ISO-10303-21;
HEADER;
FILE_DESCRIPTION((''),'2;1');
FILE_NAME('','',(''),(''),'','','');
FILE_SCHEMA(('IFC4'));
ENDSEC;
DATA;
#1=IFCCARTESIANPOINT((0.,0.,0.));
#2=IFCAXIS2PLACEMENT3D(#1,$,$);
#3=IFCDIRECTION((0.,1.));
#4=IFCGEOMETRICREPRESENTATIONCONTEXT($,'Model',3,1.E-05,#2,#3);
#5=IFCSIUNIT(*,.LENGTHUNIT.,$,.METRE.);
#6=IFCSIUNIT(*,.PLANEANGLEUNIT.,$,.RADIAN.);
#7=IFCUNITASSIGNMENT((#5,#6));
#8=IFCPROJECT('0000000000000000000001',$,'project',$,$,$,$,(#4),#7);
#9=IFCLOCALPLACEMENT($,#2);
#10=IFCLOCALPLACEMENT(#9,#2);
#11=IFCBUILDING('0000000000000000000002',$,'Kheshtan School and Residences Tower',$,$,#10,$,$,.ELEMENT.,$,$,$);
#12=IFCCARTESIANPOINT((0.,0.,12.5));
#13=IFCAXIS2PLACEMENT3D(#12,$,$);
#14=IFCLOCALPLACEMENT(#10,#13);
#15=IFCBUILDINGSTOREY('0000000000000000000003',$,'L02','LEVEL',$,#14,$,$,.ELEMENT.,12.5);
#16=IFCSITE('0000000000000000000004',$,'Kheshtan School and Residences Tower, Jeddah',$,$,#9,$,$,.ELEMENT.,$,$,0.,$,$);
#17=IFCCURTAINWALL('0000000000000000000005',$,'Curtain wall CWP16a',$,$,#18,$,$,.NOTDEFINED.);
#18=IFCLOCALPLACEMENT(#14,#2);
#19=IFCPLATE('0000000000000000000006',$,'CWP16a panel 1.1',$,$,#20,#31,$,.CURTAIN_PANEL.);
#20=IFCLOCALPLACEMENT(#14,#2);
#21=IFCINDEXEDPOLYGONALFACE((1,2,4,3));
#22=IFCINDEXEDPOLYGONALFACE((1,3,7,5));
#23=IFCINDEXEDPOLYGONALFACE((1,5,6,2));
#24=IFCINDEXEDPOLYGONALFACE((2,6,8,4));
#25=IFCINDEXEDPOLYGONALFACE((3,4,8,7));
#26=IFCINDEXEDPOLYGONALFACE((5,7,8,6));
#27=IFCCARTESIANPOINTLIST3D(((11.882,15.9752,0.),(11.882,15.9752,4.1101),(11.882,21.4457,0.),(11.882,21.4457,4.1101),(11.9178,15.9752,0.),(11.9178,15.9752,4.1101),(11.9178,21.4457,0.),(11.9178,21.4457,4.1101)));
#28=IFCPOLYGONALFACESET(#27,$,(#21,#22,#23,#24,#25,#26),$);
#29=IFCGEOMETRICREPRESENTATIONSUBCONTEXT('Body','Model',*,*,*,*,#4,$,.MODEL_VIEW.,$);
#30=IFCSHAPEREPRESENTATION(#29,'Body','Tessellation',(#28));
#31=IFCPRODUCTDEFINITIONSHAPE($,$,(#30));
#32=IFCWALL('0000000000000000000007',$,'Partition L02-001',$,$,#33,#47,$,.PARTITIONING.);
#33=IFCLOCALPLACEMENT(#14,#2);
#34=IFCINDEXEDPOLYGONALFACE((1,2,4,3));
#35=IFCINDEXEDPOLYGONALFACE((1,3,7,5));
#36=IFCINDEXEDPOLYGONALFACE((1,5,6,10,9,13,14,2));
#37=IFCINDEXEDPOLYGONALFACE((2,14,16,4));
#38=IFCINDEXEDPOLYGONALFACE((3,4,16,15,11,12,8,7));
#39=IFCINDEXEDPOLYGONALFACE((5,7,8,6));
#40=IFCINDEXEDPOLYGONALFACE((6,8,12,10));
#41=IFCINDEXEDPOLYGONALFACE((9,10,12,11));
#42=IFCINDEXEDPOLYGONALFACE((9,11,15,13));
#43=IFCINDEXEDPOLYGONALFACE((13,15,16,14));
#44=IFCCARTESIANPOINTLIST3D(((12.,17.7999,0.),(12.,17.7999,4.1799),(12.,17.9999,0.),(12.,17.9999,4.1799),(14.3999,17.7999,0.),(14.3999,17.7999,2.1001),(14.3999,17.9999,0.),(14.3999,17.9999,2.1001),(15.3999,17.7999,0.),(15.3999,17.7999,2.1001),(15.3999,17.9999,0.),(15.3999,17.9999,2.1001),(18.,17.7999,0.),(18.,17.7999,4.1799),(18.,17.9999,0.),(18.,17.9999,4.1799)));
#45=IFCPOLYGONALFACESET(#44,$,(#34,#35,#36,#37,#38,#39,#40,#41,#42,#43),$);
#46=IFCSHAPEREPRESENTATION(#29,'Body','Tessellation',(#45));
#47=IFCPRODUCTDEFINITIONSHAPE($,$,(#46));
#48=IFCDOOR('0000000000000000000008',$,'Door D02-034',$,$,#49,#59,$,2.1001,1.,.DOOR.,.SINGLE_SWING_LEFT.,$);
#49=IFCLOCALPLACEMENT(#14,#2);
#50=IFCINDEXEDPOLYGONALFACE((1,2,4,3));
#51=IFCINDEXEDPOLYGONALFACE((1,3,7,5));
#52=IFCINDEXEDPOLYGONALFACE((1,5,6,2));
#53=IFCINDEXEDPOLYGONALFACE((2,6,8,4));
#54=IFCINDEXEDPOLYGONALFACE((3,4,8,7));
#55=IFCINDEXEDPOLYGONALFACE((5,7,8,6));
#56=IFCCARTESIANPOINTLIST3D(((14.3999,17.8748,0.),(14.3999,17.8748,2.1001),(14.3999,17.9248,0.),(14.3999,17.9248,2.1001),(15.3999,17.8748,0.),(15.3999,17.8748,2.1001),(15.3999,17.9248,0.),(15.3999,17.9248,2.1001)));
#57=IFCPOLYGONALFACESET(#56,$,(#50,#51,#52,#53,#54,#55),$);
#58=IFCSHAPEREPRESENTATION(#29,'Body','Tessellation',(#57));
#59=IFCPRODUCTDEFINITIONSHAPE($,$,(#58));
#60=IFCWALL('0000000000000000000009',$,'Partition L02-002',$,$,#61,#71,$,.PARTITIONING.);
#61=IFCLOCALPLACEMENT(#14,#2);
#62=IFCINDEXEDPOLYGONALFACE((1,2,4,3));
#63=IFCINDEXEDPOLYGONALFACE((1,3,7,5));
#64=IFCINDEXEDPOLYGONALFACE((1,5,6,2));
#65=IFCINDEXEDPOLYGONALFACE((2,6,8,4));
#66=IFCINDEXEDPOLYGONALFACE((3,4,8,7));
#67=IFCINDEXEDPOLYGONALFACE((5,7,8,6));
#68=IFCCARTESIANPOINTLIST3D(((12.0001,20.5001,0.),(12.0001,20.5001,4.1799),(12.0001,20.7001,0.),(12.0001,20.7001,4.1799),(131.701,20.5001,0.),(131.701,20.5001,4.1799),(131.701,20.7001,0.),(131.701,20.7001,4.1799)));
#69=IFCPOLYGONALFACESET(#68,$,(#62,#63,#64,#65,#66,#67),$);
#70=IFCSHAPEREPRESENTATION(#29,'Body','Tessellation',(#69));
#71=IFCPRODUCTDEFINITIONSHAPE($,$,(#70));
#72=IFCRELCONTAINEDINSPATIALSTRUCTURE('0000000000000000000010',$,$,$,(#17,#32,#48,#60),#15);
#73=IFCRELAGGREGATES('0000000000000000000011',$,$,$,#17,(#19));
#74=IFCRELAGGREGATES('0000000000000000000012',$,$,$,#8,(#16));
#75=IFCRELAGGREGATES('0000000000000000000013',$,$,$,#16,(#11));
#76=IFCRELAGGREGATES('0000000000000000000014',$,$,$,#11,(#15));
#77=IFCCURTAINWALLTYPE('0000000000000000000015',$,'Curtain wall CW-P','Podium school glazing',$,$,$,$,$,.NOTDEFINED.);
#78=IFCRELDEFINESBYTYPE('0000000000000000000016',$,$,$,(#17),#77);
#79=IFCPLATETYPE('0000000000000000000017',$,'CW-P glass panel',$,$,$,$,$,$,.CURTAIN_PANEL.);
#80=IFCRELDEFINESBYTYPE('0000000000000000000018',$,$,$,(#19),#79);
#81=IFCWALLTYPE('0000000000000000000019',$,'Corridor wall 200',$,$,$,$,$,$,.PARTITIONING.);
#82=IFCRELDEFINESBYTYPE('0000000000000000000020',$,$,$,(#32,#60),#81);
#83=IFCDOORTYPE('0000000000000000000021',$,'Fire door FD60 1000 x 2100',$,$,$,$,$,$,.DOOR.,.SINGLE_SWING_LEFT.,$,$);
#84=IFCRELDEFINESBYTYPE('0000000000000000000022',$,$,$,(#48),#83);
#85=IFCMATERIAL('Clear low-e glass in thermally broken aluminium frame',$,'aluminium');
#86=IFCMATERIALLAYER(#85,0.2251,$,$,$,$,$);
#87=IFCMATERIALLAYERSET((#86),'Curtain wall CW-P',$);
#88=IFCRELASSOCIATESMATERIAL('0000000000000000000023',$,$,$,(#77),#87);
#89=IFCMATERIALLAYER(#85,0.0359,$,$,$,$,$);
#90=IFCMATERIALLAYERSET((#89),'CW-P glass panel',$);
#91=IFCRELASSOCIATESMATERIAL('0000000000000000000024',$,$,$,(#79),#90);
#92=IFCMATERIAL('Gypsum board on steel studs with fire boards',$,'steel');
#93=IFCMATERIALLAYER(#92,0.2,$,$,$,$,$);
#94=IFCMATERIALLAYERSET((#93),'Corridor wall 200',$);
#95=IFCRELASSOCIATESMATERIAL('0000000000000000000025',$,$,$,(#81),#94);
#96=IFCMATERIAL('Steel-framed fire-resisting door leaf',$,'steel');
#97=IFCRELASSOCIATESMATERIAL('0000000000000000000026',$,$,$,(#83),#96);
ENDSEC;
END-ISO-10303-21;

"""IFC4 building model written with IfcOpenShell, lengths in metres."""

from ifc_helpers import new_model, si_unit, direction, frame, frame_2d, origin, origin_2d, place, context, subcontext, project, spatial, rectangle, extrude, source, transform, mapped, material, layer, layer_set, type_object, element, fill, aggregate, save


model = new_model("IFC4")

# Units and contexts
model_context = context("Model", 3, precision=1e-05, world=origin(), true_north=direction((0.0, 1.0)))
body_context = subcontext(model_context, "Body", "Model", "MODEL_VIEW")
ifc_project = project(units=[si_unit("LENGTHUNIT", "METRE"), si_unit("PLANEANGLEUNIT", "RADIAN")], contexts=[model_context])

# Site, building, storey
site_placement = place(None, origin())
site = spatial("IfcSite", under=ifc_project, at=site_placement, Name="Kheshtan School and Residences Tower, Jeddah", CompositionType="ELEMENT", RefElevation=0.0)
building_placement = place(site_placement, origin())
building = spatial("IfcBuilding", under=site, at=building_placement, Name="Kheshtan School and Residences Tower", CompositionType="ELEMENT")
storey_placement = place(building_placement, frame((0.0, 0.0, 12.5)))
storey = spatial("IfcBuildingStorey", under=building, at=storey_placement, Name="L02", Description="LEVEL", CompositionType="ELEMENT", Elevation=12.5)

# Curtain wall, plate
ifc_material_1 = material(Name="Clear low-e glass in thermally broken aluminium frame", Category="aluminium")
ifc_layer_1 = layer(ifc_material_1, 0.2251)
ifc_layer_set_1 = layer_set([ifc_layer_1], Name="Curtain wall CW-P")
curtain_wall_type = type_object("IfcCurtainWallType", Name="Curtain wall CW-P", Description="Podium school glazing", PredefinedType="NOTDEFINED", material=ifc_layer_set_1)
curtain_wall_placement = place(storey_placement, origin())
curtain_wall = element("IfcCurtainWall", 1, at=curtain_wall_placement, inside=storey, type_object=curtain_wall_type, Name="Curtain wall CWP16a", PredefinedType="NOTDEFINED")
ifc_layer_2 = layer(ifc_material_1, 0.0359)
ifc_layer_set_2 = layer_set([ifc_layer_2], Name="CW-P glass panel")
plate_type = type_object("IfcPlateType", Name="CW-P glass panel", PredefinedType="CURTAIN_PANEL", material=ifc_layer_set_2)
plate_placement = place(storey_placement, frame((11.8999, 18.7104, 0.0), z_axis=(0.0, 0.0, 1.0), x_axis=(0.0, 1.0, 0.0)))
plate = element("IfcPlate", 2, at=plate_placement, type_object=plate_type, Name="CWP16a panel 1.1", PredefinedType="CURTAIN_PANEL", context=body_context, shape_type="SweptSolid", body=[
    extrude(rectangle(XDim=5.4705, YDim=0.0359, at=origin_2d()), origin(), (0.0, 0.0, 1.0), 4.1101),
])
aggregate(curtain_wall, [plate])

# Wall, opening, door
ifc_material_2 = material(Name="Gypsum board on steel studs with fire boards", Category="steel")
ifc_layer_3 = layer(ifc_material_2, 0.2)
ifc_layer_set_3 = layer_set([ifc_layer_3], Name="Corridor wall 200")
wall_type_1 = type_object("IfcWallType", Name="Corridor wall 200", PredefinedType="PARTITIONING", material=ifc_layer_set_3)
wall_1_placement = place(storey_placement, frame((12.0, 17.8999, 0.0), z_axis=(0.0, 0.0, 1.0), x_axis=(1.0, 0.0, 0.0)))
wall_1 = element("IfcWall", 3, at=wall_1_placement, inside=storey, type_object=wall_type_1, Name="Partition L02-001", PredefinedType="PARTITIONING", context=body_context, shape_type="SweptSolid", body=[
    extrude(rectangle(XDim=6.0, YDim=0.2, at=frame_2d((3.0, 0.0))), origin(), (0.0, 0.0, 1.0), 4.1799),
])
opening_1_placement = place(wall_1_placement, frame((2.3999, 0.0, 0.0)))
opening_1 = element("IfcOpeningElement", 4, at=opening_1_placement, cuts=wall_1, PredefinedType="OPENING", context=body_context, shape_type="SweptSolid", body=[
    extrude(rectangle(XDim=1.0, YDim=2.1001, at=frame_2d((0.5, 1.05))), frame((0.0, 0.1099, 0.0), z_axis=(0.0, -1.0, 0.0), x_axis=(1.0, 0.0, 0.0)), (0.0, 0.0, 1.0), 0.22),
])
ifc_material_3 = material(Name="Steel-framed fire-resisting door leaf", Category="steel")
door_type_1 = type_object("IfcDoorType", Name="Fire door FD60 1000 x 2100", OperationType="SINGLE_SWING_LEFT", PredefinedType="DOOR", material=ifc_material_3)
shared_shape_1 = source(origin(), body_context, "Body", "SweptSolid", [
    extrude(rectangle(XDim=1.0, YDim=2.1001, at=frame_2d((0.5, 1.05))), frame((0.0, 0.0249, 0.0), z_axis=(0.0, -1.0, 0.0), x_axis=(1.0, 0.0, 0.0)), (0.0, 0.0, 1.0), 0.05),
])
door_1_placement = place(opening_1_placement, origin())
door_1 = element("IfcDoor", 5, at=door_1_placement, inside=storey, type_object=door_type_1, Name="Door D02-034", OperationType="SINGLE_SWING_LEFT", OverallHeight=2.1001, OverallWidth=1.0, PredefinedType="DOOR", context=body_context, shape_type="MappedRepresentation", body=[
    mapped(shared_shape_1, transform((0.0, 0.0, 0.0), x_axis=(1.0, 0.0, 0.0), y_axis=(0.0, 1.0, 0.0), z_axis=(0.0, 0.0, 1.0), scale=1.0)),
])
fill(opening_1, door_1)

# Wall
wall_2_placement = place(storey_placement, frame((12.0, 20.6001, 0.0), z_axis=(0.0, 0.0, 1.0), x_axis=(1.0, 0.0, 0.0)))
element("IfcWall", 6, at=wall_2_placement, inside=storey, type_object=wall_type_1, Name="Partition L02-002", PredefinedType="PARTITIONING", context=body_context, shape_type="SweptSolid", body=[
    extrude(rectangle(XDim=119.7009, YDim=0.2, at=frame_2d((59.8506, 0.0))), origin(), (0.0, 0.0, 1.0), 4.1799),
])

save(model, "model.ifc")
